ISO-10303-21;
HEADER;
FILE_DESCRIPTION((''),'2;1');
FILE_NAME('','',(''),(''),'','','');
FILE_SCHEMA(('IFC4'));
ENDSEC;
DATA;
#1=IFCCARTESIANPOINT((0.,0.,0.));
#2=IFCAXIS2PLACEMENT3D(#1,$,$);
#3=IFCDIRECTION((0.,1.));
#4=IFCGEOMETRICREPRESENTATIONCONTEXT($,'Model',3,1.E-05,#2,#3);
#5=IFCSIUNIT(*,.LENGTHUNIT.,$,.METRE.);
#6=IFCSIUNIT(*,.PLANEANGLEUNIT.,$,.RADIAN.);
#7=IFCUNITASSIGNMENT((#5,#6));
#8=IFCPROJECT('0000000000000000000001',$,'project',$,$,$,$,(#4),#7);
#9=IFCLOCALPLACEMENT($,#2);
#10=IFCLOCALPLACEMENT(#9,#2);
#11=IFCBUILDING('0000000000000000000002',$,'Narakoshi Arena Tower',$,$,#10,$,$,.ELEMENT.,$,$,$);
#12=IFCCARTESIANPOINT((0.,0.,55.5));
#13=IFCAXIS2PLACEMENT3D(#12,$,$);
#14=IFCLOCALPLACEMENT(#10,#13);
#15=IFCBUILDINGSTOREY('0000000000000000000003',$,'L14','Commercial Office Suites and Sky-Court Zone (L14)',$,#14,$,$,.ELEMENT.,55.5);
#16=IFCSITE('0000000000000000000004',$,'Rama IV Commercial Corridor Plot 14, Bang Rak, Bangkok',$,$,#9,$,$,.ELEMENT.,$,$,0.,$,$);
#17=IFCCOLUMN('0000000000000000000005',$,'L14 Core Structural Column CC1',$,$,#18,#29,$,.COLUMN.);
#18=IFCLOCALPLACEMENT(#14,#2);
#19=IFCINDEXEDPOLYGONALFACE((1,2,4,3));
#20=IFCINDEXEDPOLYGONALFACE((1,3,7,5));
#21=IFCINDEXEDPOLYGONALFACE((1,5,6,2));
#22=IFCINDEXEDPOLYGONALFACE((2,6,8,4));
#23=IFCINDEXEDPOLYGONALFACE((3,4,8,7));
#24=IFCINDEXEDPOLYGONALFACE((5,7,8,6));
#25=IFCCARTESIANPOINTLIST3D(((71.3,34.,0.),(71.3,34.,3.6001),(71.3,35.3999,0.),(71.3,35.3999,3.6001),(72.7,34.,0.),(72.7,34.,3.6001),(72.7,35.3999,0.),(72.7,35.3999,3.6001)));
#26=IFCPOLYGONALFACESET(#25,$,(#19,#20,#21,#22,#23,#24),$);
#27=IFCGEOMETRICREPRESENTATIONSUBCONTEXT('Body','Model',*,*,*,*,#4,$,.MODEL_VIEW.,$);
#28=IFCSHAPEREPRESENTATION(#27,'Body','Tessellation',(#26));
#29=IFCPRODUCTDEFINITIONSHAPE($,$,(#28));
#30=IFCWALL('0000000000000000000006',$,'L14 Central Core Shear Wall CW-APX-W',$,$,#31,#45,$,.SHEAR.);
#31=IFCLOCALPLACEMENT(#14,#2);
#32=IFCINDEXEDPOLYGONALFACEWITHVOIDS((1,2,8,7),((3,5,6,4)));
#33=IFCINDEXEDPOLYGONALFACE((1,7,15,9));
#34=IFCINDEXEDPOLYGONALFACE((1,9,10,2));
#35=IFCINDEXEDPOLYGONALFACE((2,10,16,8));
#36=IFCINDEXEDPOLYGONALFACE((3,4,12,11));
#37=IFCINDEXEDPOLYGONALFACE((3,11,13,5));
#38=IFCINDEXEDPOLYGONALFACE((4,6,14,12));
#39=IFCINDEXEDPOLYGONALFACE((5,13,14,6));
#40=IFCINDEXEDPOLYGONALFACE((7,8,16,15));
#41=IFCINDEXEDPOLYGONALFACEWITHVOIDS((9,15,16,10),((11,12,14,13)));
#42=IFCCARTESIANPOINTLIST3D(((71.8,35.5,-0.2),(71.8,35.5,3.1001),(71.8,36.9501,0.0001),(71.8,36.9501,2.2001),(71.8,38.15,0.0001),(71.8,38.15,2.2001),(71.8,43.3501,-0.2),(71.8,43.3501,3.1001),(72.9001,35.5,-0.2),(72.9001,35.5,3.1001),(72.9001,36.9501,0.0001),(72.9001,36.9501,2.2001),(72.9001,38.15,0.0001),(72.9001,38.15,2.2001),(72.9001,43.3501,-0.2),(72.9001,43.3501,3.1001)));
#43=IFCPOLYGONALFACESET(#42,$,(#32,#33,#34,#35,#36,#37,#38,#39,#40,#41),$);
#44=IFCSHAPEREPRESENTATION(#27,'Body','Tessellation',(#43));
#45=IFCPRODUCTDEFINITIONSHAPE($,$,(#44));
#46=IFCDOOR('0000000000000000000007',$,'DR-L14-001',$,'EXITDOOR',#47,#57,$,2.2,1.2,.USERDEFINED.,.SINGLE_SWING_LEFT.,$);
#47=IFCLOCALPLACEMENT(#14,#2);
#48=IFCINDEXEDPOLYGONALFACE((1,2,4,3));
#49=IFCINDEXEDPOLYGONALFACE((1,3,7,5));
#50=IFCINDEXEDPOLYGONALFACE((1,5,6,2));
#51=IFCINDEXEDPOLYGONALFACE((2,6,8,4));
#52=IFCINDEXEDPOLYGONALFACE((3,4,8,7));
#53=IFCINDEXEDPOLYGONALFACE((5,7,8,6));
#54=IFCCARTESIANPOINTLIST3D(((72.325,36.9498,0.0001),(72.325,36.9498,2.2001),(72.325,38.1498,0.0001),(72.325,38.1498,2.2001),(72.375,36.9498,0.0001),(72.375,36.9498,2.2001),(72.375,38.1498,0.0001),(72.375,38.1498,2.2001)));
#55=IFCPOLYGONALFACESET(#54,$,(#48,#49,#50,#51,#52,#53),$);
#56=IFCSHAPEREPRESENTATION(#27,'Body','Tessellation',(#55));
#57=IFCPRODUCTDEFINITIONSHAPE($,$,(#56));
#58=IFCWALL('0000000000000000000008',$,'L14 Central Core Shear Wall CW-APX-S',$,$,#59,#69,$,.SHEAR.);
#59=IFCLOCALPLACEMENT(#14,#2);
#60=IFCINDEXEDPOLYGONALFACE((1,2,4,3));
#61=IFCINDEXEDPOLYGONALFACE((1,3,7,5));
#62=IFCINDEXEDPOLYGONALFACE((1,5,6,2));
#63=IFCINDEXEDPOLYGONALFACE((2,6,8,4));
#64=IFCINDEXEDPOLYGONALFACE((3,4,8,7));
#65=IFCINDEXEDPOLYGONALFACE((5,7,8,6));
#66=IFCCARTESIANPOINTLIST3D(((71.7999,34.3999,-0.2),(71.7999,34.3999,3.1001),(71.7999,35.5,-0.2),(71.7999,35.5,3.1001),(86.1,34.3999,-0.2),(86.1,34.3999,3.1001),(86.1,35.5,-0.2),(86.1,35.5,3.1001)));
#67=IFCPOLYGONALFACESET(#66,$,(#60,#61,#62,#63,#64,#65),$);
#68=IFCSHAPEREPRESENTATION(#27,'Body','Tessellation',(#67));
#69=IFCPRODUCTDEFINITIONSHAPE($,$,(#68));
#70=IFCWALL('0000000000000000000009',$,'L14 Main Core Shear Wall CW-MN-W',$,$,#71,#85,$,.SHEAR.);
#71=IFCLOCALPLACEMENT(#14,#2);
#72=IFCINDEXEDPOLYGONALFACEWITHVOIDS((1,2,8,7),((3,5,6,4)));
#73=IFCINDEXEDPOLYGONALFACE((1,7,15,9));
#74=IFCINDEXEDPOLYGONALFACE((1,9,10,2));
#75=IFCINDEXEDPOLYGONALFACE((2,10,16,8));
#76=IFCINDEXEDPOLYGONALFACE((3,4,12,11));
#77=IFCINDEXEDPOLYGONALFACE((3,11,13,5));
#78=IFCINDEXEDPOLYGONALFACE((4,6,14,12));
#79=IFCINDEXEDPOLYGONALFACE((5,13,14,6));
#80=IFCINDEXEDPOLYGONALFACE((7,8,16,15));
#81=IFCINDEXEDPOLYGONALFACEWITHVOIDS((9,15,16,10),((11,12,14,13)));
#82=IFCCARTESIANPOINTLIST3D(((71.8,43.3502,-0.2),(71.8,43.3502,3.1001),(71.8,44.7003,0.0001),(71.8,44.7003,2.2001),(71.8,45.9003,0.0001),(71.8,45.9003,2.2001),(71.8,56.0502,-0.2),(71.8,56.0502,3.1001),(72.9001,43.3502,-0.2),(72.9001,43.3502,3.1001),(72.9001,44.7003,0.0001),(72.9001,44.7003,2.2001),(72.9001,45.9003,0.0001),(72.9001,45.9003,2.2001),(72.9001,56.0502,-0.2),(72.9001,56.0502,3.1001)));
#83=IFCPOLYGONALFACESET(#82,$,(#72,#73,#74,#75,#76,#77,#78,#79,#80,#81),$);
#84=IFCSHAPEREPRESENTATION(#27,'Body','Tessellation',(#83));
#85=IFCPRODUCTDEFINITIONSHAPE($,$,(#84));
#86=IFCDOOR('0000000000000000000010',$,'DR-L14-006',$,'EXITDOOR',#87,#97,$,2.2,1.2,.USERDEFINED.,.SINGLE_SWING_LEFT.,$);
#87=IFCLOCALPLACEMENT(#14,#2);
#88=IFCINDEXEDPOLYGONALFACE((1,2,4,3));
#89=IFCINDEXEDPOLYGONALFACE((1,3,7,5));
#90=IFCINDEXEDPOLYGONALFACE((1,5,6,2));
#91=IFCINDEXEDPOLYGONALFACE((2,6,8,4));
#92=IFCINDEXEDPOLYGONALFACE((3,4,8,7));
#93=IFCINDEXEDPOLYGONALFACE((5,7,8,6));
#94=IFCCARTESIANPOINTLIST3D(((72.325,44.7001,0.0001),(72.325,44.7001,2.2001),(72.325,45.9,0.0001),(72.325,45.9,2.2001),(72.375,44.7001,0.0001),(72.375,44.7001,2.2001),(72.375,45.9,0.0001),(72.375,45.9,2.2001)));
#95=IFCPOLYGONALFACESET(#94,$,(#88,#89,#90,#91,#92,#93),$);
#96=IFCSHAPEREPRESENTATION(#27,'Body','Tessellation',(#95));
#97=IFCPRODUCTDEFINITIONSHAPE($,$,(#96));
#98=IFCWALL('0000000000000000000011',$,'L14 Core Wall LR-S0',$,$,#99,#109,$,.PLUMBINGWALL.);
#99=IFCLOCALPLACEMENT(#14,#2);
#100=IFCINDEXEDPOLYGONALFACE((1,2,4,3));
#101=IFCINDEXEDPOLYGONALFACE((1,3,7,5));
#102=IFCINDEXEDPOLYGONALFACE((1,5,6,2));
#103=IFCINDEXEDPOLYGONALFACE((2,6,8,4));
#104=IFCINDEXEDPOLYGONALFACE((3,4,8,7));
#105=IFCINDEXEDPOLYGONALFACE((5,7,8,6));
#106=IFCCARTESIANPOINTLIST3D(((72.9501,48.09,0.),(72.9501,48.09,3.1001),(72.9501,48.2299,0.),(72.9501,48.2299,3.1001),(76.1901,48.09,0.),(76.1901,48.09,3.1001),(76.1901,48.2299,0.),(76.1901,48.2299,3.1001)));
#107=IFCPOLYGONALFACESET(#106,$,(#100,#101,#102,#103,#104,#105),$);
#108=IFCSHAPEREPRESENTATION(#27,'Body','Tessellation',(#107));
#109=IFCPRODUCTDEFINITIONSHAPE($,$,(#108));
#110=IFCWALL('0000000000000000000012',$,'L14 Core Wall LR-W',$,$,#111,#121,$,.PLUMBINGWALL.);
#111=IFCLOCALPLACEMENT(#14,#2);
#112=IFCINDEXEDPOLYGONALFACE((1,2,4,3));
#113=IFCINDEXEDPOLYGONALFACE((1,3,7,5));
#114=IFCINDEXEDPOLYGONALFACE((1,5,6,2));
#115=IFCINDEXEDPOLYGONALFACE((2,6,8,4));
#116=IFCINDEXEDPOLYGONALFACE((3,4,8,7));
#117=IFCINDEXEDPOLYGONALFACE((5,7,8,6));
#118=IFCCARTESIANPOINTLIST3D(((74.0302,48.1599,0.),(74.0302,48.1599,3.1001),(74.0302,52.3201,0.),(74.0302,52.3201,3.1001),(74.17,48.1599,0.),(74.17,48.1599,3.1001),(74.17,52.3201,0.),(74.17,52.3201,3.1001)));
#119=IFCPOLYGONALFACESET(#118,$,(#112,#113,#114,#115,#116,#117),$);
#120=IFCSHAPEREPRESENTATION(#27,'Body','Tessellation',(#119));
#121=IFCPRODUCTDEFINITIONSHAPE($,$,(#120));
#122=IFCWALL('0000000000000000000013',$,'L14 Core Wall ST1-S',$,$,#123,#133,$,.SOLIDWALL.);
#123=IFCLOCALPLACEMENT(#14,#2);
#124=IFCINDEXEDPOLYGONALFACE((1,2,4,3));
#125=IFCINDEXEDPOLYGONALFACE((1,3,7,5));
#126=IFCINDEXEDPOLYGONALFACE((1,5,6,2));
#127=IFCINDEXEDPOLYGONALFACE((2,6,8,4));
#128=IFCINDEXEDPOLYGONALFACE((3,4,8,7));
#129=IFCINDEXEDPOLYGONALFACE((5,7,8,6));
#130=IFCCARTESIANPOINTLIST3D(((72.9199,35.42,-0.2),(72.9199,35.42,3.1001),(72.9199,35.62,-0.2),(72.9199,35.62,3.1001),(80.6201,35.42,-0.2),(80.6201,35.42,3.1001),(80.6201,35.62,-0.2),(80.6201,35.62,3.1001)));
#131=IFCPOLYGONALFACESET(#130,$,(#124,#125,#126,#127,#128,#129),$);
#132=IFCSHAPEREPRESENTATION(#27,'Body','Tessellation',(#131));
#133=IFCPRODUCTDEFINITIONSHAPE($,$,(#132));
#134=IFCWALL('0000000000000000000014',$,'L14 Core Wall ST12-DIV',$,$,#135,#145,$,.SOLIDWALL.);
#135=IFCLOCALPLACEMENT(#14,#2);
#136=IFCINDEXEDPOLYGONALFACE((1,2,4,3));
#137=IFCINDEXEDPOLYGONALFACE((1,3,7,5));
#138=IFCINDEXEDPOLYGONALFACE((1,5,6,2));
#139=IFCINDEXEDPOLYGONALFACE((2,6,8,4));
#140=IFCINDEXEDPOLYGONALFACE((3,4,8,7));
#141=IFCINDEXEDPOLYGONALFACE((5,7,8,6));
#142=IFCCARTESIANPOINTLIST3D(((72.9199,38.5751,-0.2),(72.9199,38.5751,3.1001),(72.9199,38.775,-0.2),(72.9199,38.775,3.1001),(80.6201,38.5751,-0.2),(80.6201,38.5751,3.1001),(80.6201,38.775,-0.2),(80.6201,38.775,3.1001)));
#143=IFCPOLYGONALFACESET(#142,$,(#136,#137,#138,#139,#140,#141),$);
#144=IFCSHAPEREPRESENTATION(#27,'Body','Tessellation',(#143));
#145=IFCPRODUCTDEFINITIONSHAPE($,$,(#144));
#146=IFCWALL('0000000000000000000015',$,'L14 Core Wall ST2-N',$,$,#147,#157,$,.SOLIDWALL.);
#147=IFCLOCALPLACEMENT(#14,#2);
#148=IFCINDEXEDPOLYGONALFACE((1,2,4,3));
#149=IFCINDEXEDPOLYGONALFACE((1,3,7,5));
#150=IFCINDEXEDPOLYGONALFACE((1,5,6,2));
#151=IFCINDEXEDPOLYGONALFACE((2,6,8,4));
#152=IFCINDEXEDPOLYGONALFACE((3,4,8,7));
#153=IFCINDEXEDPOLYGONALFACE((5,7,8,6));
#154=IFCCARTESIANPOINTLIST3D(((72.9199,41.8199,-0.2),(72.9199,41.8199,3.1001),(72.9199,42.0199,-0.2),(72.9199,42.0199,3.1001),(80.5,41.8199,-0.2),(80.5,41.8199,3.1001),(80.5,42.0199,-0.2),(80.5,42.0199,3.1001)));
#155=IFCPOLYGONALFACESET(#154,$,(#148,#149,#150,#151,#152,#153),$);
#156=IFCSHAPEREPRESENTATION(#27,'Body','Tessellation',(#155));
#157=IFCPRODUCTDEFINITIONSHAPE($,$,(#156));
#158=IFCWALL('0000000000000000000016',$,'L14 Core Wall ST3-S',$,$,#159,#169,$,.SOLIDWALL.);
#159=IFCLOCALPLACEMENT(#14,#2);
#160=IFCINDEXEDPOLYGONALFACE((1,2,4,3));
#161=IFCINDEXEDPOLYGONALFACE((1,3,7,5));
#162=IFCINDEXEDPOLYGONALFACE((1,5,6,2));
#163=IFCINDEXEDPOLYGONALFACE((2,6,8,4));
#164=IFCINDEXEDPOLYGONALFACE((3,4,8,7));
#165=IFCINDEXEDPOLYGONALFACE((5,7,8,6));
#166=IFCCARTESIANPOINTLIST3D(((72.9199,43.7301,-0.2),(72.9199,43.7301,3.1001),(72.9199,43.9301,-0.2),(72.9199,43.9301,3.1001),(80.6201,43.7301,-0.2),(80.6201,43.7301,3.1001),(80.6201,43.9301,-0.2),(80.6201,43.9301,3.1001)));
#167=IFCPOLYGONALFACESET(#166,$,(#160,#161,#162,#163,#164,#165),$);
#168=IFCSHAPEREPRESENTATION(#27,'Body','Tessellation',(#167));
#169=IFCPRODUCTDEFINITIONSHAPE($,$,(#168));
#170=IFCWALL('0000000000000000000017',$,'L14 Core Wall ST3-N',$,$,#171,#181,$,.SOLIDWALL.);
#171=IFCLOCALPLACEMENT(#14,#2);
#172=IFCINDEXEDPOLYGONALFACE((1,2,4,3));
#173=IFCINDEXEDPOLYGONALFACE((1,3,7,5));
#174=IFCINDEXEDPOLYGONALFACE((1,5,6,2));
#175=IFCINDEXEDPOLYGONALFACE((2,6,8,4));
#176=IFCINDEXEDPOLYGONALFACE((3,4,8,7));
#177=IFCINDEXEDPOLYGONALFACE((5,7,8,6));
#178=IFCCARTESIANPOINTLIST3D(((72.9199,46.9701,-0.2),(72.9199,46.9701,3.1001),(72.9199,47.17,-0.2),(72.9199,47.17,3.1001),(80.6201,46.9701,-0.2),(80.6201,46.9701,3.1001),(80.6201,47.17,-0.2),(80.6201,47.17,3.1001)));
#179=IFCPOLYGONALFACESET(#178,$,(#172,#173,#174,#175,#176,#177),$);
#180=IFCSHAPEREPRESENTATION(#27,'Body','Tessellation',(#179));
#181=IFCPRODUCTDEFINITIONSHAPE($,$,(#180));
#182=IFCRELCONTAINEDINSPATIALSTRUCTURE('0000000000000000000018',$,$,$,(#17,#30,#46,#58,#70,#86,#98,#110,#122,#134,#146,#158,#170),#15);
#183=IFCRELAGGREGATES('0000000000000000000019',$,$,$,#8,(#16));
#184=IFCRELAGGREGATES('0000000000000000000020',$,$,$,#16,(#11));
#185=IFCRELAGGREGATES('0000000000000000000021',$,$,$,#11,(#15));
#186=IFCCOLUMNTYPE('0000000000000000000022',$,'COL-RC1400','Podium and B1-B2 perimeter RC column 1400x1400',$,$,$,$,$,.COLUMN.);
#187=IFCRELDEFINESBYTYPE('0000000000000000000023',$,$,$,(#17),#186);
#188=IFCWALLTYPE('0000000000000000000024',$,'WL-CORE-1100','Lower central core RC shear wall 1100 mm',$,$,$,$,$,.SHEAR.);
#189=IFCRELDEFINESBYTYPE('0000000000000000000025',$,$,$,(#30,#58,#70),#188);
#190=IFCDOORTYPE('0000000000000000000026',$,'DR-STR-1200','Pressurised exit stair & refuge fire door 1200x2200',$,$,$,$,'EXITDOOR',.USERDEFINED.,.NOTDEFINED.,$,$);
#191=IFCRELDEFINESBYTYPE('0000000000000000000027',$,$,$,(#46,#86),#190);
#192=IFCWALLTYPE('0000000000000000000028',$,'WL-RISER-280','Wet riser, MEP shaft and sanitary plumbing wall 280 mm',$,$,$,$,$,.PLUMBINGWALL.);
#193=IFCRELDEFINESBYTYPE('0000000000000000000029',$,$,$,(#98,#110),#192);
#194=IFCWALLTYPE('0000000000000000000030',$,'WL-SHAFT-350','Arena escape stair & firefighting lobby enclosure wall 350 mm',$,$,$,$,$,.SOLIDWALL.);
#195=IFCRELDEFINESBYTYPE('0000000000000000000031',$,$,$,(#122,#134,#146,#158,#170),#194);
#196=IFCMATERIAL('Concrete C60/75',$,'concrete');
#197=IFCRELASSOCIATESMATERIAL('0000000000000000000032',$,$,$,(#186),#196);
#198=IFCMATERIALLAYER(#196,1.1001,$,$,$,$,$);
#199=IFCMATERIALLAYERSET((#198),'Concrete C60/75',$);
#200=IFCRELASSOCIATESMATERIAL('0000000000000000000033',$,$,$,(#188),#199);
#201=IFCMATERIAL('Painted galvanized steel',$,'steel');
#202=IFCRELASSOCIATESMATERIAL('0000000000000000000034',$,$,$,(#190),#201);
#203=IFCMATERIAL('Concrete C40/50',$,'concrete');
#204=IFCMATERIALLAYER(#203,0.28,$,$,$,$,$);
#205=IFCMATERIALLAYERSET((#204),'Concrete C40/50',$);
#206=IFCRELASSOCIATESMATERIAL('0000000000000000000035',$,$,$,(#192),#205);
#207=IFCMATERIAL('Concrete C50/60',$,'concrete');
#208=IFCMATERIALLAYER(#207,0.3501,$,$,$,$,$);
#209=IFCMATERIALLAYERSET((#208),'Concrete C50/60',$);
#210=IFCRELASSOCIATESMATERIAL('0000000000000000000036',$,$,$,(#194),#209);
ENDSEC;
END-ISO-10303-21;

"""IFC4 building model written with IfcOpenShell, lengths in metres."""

from ifc_helpers import new_model, si_unit, direction, frame, frame_2d, origin, origin_2d, place, context, subcontext, project, spatial, rectangle, extrude, material, layer, layer_set, material_profile, profile_set, type_object, element, fill, save


model = new_model("IFC4")

# Units and contexts
model_context = context("Model", 3, precision=1e-05, world=origin(), true_north=direction((0.0, 1.0)))
body_context = subcontext(model_context, "Body", "Model", "MODEL_VIEW")
ifc_project = project(units=[si_unit("LENGTHUNIT", "METRE"), si_unit("PLANEANGLEUNIT", "RADIAN")], contexts=[model_context])

# Site, building, storey
site_placement = place(None, origin())
site = spatial("IfcSite", under=ifc_project, at=site_placement, Name="Rama IV Commercial Corridor Plot 14, Bang Rak, Bangkok", CompositionType="ELEMENT", RefElevation=0.0)
building_placement = place(site_placement, origin())
building = spatial("IfcBuilding", under=site, at=building_placement, Name="Narakoshi Arena Tower", CompositionType="ELEMENT")
storey_placement = place(building_placement, frame((0.0, 0.0, 55.5)))
storey = spatial("IfcBuildingStorey", under=building, at=storey_placement, Name="L14", Description="Commercial Office Suites and Sky-Court Zone (L14)", CompositionType="ELEMENT", Elevation=55.5)

# Column
ifc_material_1 = material(Name="Concrete C60/75", Category="concrete")
ifc_material_profile = material_profile(ifc_material_1, rectangle(XDim=1.3999, YDim=1.3999, at=origin_2d()), Name="RC1400x1400")
ifc_profile_set = profile_set([ifc_material_profile], Name="Concrete C60/75")
column_type = type_object("IfcColumnType", Name="COL-RC1400", Description="Podium and B1-B2 perimeter RC column 1400x1400", PredefinedType="COLUMN", material=ifc_profile_set)
column_placement = place(storey_placement, frame((72.0, 34.7, 0.0), z_axis=(0.0, 0.0, 1.0), x_axis=(1.0, 0.0, 0.0)))
element("IfcColumn", 1, at=column_placement, inside=storey, type_object=column_type, Name="L14 Core Structural Column CC1", PredefinedType="COLUMN", context=body_context, shape_type="SweptSolid", body=[
    extrude(rectangle(XDim=1.3999, YDim=1.3999, at=origin_2d()), origin(), (0.0, 0.0, 1.0), 3.6001),
])

# Wall, opening, door
ifc_layer_1 = layer(ifc_material_1, 1.1001)
ifc_layer_set_1 = layer_set([ifc_layer_1], Name="Concrete C60/75")
wall_type_1 = type_object("IfcWallType", Name="WL-CORE-1100", Description="Lower central core RC shear wall 1100 mm", PredefinedType="SHEAR", material=ifc_layer_set_1)
wall_1_placement = place(storey_placement, frame((72.3501, 35.5, -0.2), z_axis=(0.0, 0.0, 1.0), x_axis=(0.0, 1.0, 0.0)))
wall_1 = element("IfcWall", 2, at=wall_1_placement, inside=storey, type_object=wall_type_1, Name="L14 Central Core Shear Wall CW-APX-W", PredefinedType="SHEAR", context=body_context, shape_type="SweptSolid", body=[
    extrude(rectangle(XDim=7.8501, YDim=1.1001, at=frame_2d((3.925, 0.0))), origin(), (0.0, 0.0, 1.0), 3.3),
])
opening_1_placement = place(wall_1_placement, frame((1.45, 0.0, 0.2)))
opening_1 = element("IfcOpeningElement", 3, at=opening_1_placement, cuts=wall_1, PredefinedType="OPENING", context=body_context, shape_type="SweptSolid", body=[
    extrude(rectangle(XDim=1.2, YDim=2.2, at=frame_2d((0.6001, 1.1001))), frame((0.0, 0.5601, 0.0), z_axis=(0.0, -1.0, 0.0), x_axis=(1.0, 0.0, 0.0)), (0.0, 0.0, 1.0), 1.1201),
])
ifc_material_2 = material(Name="Painted galvanized steel", Category="steel")
door_type = type_object("IfcDoorType", Name="DR-STR-1200", Description="Pressurised exit stair & refuge fire door 1200x2200", ElementType="EXITDOOR", OperationType="NOTDEFINED", PredefinedType="USERDEFINED", material=ifc_material_2)
door_1_placement = place(opening_1_placement, frame((1.2, 0.0, 0.0), z_axis=(0.0, 0.0, 1.0), x_axis=(-1.0, 0.0, 0.0)))
door_1 = element("IfcDoor", 4, at=door_1_placement, inside=storey, type_object=door_type, Name="DR-L14-001", ObjectType="EXITDOOR", OperationType="SINGLE_SWING_LEFT", OverallHeight=2.2, OverallWidth=1.2, PredefinedType="USERDEFINED", context=body_context, shape_type="SweptSolid", body=[
    extrude(rectangle(XDim=1.2, YDim=2.2, at=frame_2d((0.6001, 1.1001))), frame((0.0, 0.0249, 0.0), z_axis=(0.0, -1.0, 0.0), x_axis=(1.0, 0.0, 0.0)), (0.0, 0.0, 1.0), 0.05),
])
fill(opening_1, door_1)

# Wall
wall_2_placement = place(storey_placement, frame((71.8, 34.95, -0.2), z_axis=(0.0, 0.0, 1.0), x_axis=(1.0, 0.0, 0.0)))
element("IfcWall", 5, at=wall_2_placement, inside=storey, type_object=wall_type_1, Name="L14 Central Core Shear Wall CW-APX-S", PredefinedType="SHEAR", context=body_context, shape_type="SweptSolid", body=[
    extrude(rectangle(XDim=14.3, YDim=1.1001, at=frame_2d((7.1499, 0.0))), origin(), (0.0, 0.0, 1.0), 3.3),
])

# Wall, opening, door
wall_3_placement = place(storey_placement, frame((72.3501, 43.3501, -0.2), z_axis=(0.0, 0.0, 1.0), x_axis=(0.0, 1.0, 0.0)))
wall_3 = element("IfcWall", 6, at=wall_3_placement, inside=storey, type_object=wall_type_1, Name="L14 Main Core Shear Wall CW-MN-W", PredefinedType="SHEAR", context=body_context, shape_type="SweptSolid", body=[
    extrude(rectangle(XDim=12.7, YDim=1.1001, at=frame_2d((6.3501, 0.0))), origin(), (0.0, 0.0, 1.0), 3.3),
])
opening_2_placement = place(wall_3_placement, frame((1.3501, 0.0, 0.2)))
opening_2 = element("IfcOpeningElement", 7, at=opening_2_placement, cuts=wall_3, PredefinedType="OPENING", context=body_context, shape_type="SweptSolid", body=[
    extrude(rectangle(XDim=1.2, YDim=2.2, at=frame_2d((0.6001, 1.1001))), frame((0.0, 0.5601, 0.0), z_axis=(0.0, -1.0, 0.0), x_axis=(1.0, 0.0, 0.0)), (0.0, 0.0, 1.0), 1.1201),
])
door_2_placement = place(opening_2_placement, frame((1.2, 0.0, 0.0), z_axis=(0.0, 0.0, 1.0), x_axis=(-1.0, 0.0, 0.0)))
door_2 = element("IfcDoor", 8, at=door_2_placement, inside=storey, type_object=door_type, Name="DR-L14-006", ObjectType="EXITDOOR", OperationType="SINGLE_SWING_LEFT", OverallHeight=2.2, OverallWidth=1.2, PredefinedType="USERDEFINED", context=body_context, shape_type="SweptSolid", body=[
    extrude(rectangle(XDim=1.2, YDim=2.2, at=frame_2d((0.6001, 1.1001))), frame((0.0, 0.0249, 0.0), z_axis=(0.0, -1.0, 0.0), x_axis=(1.0, 0.0, 0.0)), (0.0, 0.0, 1.0), 0.05),
])
fill(opening_2, door_2)

# Walls
ifc_material_3 = material(Name="Concrete C40/50", Category="concrete")
ifc_layer_2 = layer(ifc_material_3, 0.28)
ifc_layer_set_2 = layer_set([ifc_layer_2], Name="Concrete C40/50")
wall_type_2 = type_object("IfcWallType", Name="WL-RISER-280", Description="Wet riser, MEP shaft and sanitary plumbing wall 280 mm", PredefinedType="PLUMBINGWALL", material=ifc_layer_set_2)
wall_4_placement = place(storey_placement, frame((72.95, 48.1599, 0.0), z_axis=(0.0, 0.0, 1.0), x_axis=(1.0, 0.0, 0.0)))
element("IfcWall", 9, at=wall_4_placement, inside=storey, type_object=wall_type_2, Name="L14 Core Wall LR-S0", PredefinedType="PLUMBINGWALL", context=body_context, shape_type="SweptSolid", body=[
    extrude(rectangle(XDim=3.24, YDim=0.1399, at=frame_2d((1.6201, 0.0))), origin(), (0.0, 0.0, 1.0), 3.1001),
])
wall_5_placement = place(storey_placement, frame((74.1001, 48.1599, 0.0), z_axis=(0.0, 0.0, 1.0), x_axis=(0.0, 1.0, 0.0)))
element("IfcWall", 10, at=wall_5_placement, inside=storey, type_object=wall_type_2, Name="L14 Core Wall LR-W", PredefinedType="PLUMBINGWALL", context=body_context, shape_type="SweptSolid", body=[
    extrude(rectangle(XDim=4.1602, YDim=0.1399, at=frame_2d((2.0801, 0.0))), origin(), (0.0, 0.0, 1.0), 3.1001),
])
ifc_material_4 = material(Name="Concrete C50/60", Category="concrete")
ifc_layer_3 = layer(ifc_material_4, 0.3501)
ifc_layer_set_3 = layer_set([ifc_layer_3], Name="Concrete C50/60")
wall_type_3 = type_object("IfcWallType", Name="WL-SHAFT-350", Description="Arena escape stair & firefighting lobby enclosure wall 350 mm", PredefinedType="SOLIDWALL", material=ifc_layer_set_3)
for number, where, z_axis, x_axis, name in (
    (11, (72.9199, 35.52, -0.2), (0.0, 0.0, 1.0), (1.0, 0.0, 0.0), "L14 Core Wall ST1-S"),
    (12, (72.9199, 38.675, -0.2), (0.0, 0.0, 1.0), (1.0, 0.0, 0.0), "L14 Core Wall ST12-DIV"),
):
    element("IfcWall", number, at=place(storey_placement, frame(where, z_axis=z_axis, x_axis=x_axis)), inside=storey, type_object=wall_type_3, Name=name, PredefinedType="SOLIDWALL", context=body_context, shape_type="SweptSolid", body=[
        extrude(rectangle(XDim=7.7002, YDim=0.2, at=frame_2d((3.8501, 0.0))), origin(), (0.0, 0.0, 1.0), 3.3),
    ])
wall_6_placement = place(storey_placement, frame((72.9199, 41.9199, -0.2), z_axis=(0.0, 0.0, 1.0), x_axis=(1.0, 0.0, 0.0)))
element("IfcWall", 13, at=wall_6_placement, inside=storey, type_object=wall_type_3, Name="L14 Core Wall ST2-N", PredefinedType="SOLIDWALL", context=body_context, shape_type="SweptSolid", body=[
    extrude(rectangle(XDim=7.5801, YDim=0.2, at=frame_2d((3.79, 0.0))), origin(), (0.0, 0.0, 1.0), 3.3),
])
for number, where, z_axis, x_axis, name in (
    (14, (72.9199, 43.8301, -0.2), (0.0, 0.0, 1.0), (1.0, 0.0, 0.0), "L14 Core Wall ST3-S"),
    (15, (72.9199, 47.0701, -0.2), (0.0, 0.0, 1.0), (1.0, 0.0, 0.0), "L14 Core Wall ST3-N"),
):
    element("IfcWall", number, at=place(storey_placement, frame(where, z_axis=z_axis, x_axis=x_axis)), inside=storey, type_object=wall_type_3, Name=name, PredefinedType="SOLIDWALL", context=body_context, shape_type="SweptSolid", body=[
        extrude(rectangle(XDim=7.7002, YDim=0.2, at=frame_2d((3.8501, 0.0))), origin(), (0.0, 0.0, 1.0), 3.3),
    ])

save(model, "model.ifc")
